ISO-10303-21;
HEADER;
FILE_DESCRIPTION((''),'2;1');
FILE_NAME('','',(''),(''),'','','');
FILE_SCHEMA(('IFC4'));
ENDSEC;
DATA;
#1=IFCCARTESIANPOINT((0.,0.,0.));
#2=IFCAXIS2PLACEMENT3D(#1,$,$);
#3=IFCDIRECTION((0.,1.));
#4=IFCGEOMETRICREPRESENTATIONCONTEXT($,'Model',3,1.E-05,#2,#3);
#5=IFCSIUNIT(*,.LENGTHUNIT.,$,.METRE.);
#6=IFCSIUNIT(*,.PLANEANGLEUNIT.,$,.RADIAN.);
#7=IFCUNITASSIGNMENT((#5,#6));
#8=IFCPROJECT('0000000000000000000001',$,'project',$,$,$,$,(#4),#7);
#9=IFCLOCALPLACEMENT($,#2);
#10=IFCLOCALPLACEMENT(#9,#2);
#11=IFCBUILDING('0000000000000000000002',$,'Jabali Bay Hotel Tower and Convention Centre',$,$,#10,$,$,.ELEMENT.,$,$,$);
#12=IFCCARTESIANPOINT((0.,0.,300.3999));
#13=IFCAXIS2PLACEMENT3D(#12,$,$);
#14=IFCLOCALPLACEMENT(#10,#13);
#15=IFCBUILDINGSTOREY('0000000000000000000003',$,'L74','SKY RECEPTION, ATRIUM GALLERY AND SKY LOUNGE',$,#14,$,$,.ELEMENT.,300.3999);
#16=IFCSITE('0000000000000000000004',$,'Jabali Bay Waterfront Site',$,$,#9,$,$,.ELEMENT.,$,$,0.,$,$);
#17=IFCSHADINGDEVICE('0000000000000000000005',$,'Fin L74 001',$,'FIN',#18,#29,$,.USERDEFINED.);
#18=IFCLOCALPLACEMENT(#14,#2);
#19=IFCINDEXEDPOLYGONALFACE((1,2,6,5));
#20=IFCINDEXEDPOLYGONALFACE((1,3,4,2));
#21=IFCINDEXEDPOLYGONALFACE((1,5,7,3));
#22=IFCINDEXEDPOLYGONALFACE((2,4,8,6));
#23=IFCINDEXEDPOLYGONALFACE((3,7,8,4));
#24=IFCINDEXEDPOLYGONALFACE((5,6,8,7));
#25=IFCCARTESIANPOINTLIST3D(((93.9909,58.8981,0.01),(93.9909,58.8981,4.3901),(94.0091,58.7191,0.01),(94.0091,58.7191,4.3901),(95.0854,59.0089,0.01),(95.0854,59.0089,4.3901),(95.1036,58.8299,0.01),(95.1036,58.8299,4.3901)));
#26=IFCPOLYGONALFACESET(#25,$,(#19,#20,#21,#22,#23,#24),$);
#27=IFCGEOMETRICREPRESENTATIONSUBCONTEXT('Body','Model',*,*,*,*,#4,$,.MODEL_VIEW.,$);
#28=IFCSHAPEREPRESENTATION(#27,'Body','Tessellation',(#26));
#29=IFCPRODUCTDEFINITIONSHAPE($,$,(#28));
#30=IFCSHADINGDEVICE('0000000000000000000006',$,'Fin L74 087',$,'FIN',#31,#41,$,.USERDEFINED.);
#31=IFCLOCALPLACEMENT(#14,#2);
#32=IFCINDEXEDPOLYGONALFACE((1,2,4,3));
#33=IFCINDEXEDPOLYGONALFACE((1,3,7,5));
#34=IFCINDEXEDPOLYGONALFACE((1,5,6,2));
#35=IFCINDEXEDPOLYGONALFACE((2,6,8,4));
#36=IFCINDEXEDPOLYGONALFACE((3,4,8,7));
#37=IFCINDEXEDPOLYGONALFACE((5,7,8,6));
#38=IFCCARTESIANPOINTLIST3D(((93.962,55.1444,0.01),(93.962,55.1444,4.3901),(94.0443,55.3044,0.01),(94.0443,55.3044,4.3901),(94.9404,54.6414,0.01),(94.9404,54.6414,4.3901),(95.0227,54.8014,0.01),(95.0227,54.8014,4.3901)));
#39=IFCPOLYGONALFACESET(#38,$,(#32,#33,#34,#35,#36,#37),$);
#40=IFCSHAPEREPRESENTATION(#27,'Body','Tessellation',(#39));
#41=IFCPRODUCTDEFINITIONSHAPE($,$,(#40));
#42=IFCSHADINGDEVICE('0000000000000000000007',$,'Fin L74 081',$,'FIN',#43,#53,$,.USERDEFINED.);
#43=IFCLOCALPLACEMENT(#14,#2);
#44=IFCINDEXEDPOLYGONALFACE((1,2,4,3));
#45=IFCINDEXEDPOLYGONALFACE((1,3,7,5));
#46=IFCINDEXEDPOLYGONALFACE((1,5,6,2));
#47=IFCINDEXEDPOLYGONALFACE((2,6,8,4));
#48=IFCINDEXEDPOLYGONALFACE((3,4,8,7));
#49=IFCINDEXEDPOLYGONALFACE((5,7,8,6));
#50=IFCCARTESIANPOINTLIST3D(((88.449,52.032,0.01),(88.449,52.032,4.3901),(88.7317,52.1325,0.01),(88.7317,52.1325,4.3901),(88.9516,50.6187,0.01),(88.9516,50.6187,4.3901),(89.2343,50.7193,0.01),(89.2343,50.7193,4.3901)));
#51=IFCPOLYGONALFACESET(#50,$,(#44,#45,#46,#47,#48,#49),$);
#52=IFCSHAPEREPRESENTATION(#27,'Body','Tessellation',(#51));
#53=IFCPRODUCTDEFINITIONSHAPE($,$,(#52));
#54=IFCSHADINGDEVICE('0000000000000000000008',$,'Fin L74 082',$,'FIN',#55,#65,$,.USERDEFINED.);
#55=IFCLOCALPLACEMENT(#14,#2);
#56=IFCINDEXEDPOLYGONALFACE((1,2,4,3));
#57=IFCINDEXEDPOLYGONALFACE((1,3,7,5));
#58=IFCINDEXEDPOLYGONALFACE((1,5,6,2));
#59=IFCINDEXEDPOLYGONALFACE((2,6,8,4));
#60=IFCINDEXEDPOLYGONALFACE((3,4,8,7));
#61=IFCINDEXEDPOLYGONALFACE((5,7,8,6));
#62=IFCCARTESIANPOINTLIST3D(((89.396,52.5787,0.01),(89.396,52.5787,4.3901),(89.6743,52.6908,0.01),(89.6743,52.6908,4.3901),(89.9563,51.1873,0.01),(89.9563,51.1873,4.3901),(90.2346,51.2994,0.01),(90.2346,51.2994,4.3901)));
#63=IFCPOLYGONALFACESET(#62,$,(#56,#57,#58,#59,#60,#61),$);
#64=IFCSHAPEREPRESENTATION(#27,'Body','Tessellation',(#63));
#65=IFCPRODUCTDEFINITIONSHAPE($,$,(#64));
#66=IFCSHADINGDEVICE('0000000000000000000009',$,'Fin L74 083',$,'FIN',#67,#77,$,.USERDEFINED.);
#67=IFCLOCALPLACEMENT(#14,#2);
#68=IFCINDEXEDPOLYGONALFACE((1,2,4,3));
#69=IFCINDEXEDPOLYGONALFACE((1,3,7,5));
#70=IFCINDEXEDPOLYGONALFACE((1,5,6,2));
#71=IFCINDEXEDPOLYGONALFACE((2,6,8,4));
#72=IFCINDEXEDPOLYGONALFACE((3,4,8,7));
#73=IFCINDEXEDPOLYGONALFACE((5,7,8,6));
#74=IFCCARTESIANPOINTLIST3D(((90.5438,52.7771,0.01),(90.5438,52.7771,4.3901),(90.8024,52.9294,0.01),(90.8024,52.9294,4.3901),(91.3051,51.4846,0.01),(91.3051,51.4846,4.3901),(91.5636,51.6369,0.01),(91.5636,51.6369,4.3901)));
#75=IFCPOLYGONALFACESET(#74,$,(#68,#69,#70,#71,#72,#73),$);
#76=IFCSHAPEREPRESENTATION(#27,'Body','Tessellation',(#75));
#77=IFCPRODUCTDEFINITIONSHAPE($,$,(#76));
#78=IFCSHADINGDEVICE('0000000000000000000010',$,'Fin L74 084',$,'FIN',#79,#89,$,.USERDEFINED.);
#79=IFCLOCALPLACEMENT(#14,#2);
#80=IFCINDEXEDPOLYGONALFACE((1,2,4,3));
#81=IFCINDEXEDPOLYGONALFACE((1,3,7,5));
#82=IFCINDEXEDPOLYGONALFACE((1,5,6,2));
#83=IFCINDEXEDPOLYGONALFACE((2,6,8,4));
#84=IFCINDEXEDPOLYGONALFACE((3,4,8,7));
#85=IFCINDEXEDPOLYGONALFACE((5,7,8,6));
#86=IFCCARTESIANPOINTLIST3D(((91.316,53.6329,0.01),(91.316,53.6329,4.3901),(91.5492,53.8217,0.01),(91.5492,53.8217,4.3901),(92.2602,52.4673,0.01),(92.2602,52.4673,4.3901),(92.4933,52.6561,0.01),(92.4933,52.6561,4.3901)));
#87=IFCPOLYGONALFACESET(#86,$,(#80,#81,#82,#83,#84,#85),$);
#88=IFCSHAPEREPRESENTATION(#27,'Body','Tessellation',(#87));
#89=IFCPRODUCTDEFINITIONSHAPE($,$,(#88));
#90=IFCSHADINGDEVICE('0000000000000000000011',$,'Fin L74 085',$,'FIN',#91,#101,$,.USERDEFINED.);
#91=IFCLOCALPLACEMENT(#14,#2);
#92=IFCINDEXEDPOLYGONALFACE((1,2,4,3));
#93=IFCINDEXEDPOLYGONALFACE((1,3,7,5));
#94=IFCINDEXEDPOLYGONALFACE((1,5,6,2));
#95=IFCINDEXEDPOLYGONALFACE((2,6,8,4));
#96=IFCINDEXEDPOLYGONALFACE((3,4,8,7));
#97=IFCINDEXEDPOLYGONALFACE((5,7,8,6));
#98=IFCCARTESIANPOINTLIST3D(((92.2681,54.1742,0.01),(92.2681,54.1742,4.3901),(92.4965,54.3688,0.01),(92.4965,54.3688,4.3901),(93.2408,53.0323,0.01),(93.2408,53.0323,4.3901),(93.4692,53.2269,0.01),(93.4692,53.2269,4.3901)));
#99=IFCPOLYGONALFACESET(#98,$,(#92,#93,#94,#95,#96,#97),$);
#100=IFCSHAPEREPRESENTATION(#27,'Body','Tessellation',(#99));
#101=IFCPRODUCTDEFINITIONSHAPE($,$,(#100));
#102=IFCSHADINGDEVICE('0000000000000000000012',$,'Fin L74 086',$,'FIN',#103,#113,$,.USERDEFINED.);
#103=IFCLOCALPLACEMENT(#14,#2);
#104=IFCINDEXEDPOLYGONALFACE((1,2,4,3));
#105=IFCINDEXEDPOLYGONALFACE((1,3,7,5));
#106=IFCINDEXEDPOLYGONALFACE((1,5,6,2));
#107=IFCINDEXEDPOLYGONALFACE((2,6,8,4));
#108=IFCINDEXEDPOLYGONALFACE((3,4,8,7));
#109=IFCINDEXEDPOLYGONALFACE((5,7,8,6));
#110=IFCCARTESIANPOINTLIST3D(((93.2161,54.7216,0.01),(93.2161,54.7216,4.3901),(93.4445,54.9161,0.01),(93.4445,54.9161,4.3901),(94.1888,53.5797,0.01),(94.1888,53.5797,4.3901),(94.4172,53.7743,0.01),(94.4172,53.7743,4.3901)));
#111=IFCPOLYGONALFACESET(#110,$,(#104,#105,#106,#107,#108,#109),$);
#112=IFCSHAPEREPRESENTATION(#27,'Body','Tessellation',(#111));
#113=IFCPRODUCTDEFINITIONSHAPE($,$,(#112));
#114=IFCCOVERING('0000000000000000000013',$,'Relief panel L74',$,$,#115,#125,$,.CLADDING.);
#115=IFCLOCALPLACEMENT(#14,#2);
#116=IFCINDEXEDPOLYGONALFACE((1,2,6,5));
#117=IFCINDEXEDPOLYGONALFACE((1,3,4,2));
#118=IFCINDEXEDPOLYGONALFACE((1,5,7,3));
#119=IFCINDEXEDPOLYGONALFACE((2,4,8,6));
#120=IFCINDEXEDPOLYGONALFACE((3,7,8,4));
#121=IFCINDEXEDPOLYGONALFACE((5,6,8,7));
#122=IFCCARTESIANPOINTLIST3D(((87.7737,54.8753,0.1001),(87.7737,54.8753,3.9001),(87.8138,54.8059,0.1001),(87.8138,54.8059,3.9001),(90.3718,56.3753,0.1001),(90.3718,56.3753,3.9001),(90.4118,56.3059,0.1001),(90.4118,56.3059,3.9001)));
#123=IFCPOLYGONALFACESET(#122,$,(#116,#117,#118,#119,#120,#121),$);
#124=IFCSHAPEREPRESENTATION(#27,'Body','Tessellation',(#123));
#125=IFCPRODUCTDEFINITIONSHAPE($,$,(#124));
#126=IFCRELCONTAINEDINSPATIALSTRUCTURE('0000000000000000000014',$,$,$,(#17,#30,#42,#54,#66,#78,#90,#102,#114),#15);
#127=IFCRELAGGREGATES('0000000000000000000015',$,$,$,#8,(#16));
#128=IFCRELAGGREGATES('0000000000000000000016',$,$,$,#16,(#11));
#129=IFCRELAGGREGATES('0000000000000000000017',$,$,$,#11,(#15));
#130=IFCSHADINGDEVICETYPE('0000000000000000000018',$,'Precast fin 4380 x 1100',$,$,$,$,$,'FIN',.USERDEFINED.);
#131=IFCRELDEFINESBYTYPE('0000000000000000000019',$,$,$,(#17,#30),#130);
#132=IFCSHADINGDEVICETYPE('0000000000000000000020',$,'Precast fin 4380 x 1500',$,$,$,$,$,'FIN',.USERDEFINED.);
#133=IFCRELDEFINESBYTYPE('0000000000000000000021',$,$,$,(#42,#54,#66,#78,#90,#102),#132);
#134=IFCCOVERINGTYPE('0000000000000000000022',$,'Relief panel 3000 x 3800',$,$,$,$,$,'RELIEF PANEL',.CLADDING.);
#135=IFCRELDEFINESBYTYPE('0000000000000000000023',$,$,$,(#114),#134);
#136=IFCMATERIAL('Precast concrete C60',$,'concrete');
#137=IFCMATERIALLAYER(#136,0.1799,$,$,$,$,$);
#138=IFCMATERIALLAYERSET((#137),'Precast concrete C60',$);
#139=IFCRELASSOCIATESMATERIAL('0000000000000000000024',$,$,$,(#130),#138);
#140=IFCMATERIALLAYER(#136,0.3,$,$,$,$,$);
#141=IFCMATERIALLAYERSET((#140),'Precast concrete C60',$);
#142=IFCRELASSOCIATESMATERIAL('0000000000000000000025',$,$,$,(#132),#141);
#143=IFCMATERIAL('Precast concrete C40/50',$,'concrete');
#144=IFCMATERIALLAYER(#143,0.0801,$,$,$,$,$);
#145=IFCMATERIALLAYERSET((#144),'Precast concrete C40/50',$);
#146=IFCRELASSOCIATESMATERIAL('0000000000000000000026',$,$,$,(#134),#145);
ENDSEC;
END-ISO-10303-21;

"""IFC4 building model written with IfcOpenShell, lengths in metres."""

from ifc_helpers import new_model, si_unit, direction, frame, frame_2d, origin, origin_2d, place, context, subcontext, project, spatial, rectangle, extrude, material, layer, layer_set, type_object, element, save


model = new_model("IFC4")

# Units and contexts
model_context = context("Model", 3, precision=1e-05, world=origin(), true_north=direction((0.0, 1.0)))
body_context = subcontext(model_context, "Body", "Model", "MODEL_VIEW")
ifc_project = project(units=[si_unit("LENGTHUNIT", "METRE"), si_unit("PLANEANGLEUNIT", "RADIAN")], contexts=[model_context])

# Site, building, storey
site_placement = place(None, origin())
site = spatial("IfcSite", under=ifc_project, at=site_placement, Name="Jabali Bay Waterfront Site", CompositionType="ELEMENT", RefElevation=0.0)
building_placement = place(site_placement, origin())
building = spatial("IfcBuilding", under=site, at=building_placement, Name="Jabali Bay Hotel Tower and Convention Centre", CompositionType="ELEMENT")
storey_placement = place(building_placement, frame((0.0, 0.0, 300.3999)))
storey = spatial("IfcBuildingStorey", under=building, at=storey_placement, Name="L74", Description="SKY RECEPTION, ATRIUM GALLERY AND SKY LOUNGE", CompositionType="ELEMENT", Elevation=300.3999)

# Shading devices
ifc_material_1 = material(Name="Precast concrete C60", Category="concrete")
ifc_layer_1 = layer(ifc_material_1, 0.1799)
ifc_layer_set_1 = layer_set([ifc_layer_1], Name="Precast concrete C60")
shading_device_type_1 = type_object("IfcShadingDeviceType", Name="Precast fin 4380 x 1100", ElementType="FIN", PredefinedType="USERDEFINED", material=ifc_layer_set_1)
for number, where, z_axis, x_axis, name in (
    (1, (94.0, 58.8086, 0.01), (0.0, 0.0, 1.0), (0.994911, 0.100756, 0.0), "Fin L74 001"),
    (2, (94.0032, 55.2244, 0.01), (0.0, 0.0, 1.0), (0.889355, -0.457218, 0.0), "Fin L74 087"),
):
    element("IfcShadingDevice", number, at=place(storey_placement, frame(where, z_axis=z_axis, x_axis=x_axis)), inside=storey, type_object=shading_device_type_1, Name=name, ObjectType="FIN", PredefinedType="USERDEFINED", context=body_context, shape_type="SweptSolid", body=[
        extrude(rectangle(XDim=1.1001, YDim=0.1799, at=frame_2d((0.55, 0.0))), origin(), (0.0, 0.0, 1.0), 4.3801),
    ])
ifc_layer_2 = layer(ifc_material_1, 0.3)
ifc_layer_set_2 = layer_set([ifc_layer_2], Name="Precast concrete C60")
shading_device_type_2 = type_object("IfcShadingDeviceType", Name="Precast fin 4380 x 1500", ElementType="FIN", PredefinedType="USERDEFINED", material=ifc_layer_set_2)
for number, where, z_axis, x_axis, name in (
    (3, (88.5903, 52.0823, 0.01), (0.0, 0.0, 1.0), (0.335109, -0.942179, 0.0), "Fin L74 081"),
    (4, (89.5352, 52.6348, 0.01), (0.0, 0.0, 1.0), (0.373551, -0.92761, 0.0), "Fin L74 082"),
    (5, (90.6731, 52.8533, 0.01), (0.0, 0.0, 1.0), (0.50749, -0.861658, 0.0), "Fin L74 083"),
    (6, (91.4326, 53.7273, 0.01), (0.0, 0.0, 1.0), (0.629428, -0.777059, 0.0), "Fin L74 084"),
    (7, (92.3823, 54.2715, 0.01), (0.0, 0.0, 1.0), (0.648456, -0.761252, 0.0), "Fin L74 085"),
    (8, (93.3303, 54.8188, 0.01), (0.0, 0.0, 1.0), (0.648456, -0.761252, 0.0), "Fin L74 086"),
):
    element("IfcShadingDevice", number, at=place(storey_placement, frame(where, z_axis=z_axis, x_axis=x_axis)), inside=storey, type_object=shading_device_type_2, Name=name, ObjectType="FIN", PredefinedType="USERDEFINED", context=body_context, shape_type="SweptSolid", body=[
        extrude(rectangle(XDim=1.5, YDim=0.3, at=frame_2d((0.75, 0.0))), origin(), (0.0, 0.0, 1.0), 4.3801),
    ])

# Covering
ifc_material_2 = material(Name="Precast concrete C40/50", Category="concrete")
ifc_layer_3 = layer(ifc_material_2, 0.0801)
ifc_layer_set_3 = layer_set([ifc_layer_3], Name="Precast concrete C40/50")
covering_type = type_object("IfcCoveringType", Name="Relief panel 3000 x 3800", ElementType="RELIEF PANEL", PredefinedType="CLADDING", material=ifc_layer_set_3)
covering_placement = place(storey_placement, frame((89.0928, 55.5906, 0.1001), z_axis=(0.0, 0.0, 1.0), x_axis=(-0.866025, -0.5, 0.0)))
element("IfcCovering", 9, at=covering_placement, inside=storey, type_object=covering_type, Name="Relief panel L74", PredefinedType="CLADDING", context=body_context, shape_type="SweptSolid", body=[
    extrude(rectangle(XDim=3.0, YDim=0.0801, at=origin_2d()), origin(), (0.0, 0.0, 1.0), 3.8),
])

save(model, "model.ifc")
